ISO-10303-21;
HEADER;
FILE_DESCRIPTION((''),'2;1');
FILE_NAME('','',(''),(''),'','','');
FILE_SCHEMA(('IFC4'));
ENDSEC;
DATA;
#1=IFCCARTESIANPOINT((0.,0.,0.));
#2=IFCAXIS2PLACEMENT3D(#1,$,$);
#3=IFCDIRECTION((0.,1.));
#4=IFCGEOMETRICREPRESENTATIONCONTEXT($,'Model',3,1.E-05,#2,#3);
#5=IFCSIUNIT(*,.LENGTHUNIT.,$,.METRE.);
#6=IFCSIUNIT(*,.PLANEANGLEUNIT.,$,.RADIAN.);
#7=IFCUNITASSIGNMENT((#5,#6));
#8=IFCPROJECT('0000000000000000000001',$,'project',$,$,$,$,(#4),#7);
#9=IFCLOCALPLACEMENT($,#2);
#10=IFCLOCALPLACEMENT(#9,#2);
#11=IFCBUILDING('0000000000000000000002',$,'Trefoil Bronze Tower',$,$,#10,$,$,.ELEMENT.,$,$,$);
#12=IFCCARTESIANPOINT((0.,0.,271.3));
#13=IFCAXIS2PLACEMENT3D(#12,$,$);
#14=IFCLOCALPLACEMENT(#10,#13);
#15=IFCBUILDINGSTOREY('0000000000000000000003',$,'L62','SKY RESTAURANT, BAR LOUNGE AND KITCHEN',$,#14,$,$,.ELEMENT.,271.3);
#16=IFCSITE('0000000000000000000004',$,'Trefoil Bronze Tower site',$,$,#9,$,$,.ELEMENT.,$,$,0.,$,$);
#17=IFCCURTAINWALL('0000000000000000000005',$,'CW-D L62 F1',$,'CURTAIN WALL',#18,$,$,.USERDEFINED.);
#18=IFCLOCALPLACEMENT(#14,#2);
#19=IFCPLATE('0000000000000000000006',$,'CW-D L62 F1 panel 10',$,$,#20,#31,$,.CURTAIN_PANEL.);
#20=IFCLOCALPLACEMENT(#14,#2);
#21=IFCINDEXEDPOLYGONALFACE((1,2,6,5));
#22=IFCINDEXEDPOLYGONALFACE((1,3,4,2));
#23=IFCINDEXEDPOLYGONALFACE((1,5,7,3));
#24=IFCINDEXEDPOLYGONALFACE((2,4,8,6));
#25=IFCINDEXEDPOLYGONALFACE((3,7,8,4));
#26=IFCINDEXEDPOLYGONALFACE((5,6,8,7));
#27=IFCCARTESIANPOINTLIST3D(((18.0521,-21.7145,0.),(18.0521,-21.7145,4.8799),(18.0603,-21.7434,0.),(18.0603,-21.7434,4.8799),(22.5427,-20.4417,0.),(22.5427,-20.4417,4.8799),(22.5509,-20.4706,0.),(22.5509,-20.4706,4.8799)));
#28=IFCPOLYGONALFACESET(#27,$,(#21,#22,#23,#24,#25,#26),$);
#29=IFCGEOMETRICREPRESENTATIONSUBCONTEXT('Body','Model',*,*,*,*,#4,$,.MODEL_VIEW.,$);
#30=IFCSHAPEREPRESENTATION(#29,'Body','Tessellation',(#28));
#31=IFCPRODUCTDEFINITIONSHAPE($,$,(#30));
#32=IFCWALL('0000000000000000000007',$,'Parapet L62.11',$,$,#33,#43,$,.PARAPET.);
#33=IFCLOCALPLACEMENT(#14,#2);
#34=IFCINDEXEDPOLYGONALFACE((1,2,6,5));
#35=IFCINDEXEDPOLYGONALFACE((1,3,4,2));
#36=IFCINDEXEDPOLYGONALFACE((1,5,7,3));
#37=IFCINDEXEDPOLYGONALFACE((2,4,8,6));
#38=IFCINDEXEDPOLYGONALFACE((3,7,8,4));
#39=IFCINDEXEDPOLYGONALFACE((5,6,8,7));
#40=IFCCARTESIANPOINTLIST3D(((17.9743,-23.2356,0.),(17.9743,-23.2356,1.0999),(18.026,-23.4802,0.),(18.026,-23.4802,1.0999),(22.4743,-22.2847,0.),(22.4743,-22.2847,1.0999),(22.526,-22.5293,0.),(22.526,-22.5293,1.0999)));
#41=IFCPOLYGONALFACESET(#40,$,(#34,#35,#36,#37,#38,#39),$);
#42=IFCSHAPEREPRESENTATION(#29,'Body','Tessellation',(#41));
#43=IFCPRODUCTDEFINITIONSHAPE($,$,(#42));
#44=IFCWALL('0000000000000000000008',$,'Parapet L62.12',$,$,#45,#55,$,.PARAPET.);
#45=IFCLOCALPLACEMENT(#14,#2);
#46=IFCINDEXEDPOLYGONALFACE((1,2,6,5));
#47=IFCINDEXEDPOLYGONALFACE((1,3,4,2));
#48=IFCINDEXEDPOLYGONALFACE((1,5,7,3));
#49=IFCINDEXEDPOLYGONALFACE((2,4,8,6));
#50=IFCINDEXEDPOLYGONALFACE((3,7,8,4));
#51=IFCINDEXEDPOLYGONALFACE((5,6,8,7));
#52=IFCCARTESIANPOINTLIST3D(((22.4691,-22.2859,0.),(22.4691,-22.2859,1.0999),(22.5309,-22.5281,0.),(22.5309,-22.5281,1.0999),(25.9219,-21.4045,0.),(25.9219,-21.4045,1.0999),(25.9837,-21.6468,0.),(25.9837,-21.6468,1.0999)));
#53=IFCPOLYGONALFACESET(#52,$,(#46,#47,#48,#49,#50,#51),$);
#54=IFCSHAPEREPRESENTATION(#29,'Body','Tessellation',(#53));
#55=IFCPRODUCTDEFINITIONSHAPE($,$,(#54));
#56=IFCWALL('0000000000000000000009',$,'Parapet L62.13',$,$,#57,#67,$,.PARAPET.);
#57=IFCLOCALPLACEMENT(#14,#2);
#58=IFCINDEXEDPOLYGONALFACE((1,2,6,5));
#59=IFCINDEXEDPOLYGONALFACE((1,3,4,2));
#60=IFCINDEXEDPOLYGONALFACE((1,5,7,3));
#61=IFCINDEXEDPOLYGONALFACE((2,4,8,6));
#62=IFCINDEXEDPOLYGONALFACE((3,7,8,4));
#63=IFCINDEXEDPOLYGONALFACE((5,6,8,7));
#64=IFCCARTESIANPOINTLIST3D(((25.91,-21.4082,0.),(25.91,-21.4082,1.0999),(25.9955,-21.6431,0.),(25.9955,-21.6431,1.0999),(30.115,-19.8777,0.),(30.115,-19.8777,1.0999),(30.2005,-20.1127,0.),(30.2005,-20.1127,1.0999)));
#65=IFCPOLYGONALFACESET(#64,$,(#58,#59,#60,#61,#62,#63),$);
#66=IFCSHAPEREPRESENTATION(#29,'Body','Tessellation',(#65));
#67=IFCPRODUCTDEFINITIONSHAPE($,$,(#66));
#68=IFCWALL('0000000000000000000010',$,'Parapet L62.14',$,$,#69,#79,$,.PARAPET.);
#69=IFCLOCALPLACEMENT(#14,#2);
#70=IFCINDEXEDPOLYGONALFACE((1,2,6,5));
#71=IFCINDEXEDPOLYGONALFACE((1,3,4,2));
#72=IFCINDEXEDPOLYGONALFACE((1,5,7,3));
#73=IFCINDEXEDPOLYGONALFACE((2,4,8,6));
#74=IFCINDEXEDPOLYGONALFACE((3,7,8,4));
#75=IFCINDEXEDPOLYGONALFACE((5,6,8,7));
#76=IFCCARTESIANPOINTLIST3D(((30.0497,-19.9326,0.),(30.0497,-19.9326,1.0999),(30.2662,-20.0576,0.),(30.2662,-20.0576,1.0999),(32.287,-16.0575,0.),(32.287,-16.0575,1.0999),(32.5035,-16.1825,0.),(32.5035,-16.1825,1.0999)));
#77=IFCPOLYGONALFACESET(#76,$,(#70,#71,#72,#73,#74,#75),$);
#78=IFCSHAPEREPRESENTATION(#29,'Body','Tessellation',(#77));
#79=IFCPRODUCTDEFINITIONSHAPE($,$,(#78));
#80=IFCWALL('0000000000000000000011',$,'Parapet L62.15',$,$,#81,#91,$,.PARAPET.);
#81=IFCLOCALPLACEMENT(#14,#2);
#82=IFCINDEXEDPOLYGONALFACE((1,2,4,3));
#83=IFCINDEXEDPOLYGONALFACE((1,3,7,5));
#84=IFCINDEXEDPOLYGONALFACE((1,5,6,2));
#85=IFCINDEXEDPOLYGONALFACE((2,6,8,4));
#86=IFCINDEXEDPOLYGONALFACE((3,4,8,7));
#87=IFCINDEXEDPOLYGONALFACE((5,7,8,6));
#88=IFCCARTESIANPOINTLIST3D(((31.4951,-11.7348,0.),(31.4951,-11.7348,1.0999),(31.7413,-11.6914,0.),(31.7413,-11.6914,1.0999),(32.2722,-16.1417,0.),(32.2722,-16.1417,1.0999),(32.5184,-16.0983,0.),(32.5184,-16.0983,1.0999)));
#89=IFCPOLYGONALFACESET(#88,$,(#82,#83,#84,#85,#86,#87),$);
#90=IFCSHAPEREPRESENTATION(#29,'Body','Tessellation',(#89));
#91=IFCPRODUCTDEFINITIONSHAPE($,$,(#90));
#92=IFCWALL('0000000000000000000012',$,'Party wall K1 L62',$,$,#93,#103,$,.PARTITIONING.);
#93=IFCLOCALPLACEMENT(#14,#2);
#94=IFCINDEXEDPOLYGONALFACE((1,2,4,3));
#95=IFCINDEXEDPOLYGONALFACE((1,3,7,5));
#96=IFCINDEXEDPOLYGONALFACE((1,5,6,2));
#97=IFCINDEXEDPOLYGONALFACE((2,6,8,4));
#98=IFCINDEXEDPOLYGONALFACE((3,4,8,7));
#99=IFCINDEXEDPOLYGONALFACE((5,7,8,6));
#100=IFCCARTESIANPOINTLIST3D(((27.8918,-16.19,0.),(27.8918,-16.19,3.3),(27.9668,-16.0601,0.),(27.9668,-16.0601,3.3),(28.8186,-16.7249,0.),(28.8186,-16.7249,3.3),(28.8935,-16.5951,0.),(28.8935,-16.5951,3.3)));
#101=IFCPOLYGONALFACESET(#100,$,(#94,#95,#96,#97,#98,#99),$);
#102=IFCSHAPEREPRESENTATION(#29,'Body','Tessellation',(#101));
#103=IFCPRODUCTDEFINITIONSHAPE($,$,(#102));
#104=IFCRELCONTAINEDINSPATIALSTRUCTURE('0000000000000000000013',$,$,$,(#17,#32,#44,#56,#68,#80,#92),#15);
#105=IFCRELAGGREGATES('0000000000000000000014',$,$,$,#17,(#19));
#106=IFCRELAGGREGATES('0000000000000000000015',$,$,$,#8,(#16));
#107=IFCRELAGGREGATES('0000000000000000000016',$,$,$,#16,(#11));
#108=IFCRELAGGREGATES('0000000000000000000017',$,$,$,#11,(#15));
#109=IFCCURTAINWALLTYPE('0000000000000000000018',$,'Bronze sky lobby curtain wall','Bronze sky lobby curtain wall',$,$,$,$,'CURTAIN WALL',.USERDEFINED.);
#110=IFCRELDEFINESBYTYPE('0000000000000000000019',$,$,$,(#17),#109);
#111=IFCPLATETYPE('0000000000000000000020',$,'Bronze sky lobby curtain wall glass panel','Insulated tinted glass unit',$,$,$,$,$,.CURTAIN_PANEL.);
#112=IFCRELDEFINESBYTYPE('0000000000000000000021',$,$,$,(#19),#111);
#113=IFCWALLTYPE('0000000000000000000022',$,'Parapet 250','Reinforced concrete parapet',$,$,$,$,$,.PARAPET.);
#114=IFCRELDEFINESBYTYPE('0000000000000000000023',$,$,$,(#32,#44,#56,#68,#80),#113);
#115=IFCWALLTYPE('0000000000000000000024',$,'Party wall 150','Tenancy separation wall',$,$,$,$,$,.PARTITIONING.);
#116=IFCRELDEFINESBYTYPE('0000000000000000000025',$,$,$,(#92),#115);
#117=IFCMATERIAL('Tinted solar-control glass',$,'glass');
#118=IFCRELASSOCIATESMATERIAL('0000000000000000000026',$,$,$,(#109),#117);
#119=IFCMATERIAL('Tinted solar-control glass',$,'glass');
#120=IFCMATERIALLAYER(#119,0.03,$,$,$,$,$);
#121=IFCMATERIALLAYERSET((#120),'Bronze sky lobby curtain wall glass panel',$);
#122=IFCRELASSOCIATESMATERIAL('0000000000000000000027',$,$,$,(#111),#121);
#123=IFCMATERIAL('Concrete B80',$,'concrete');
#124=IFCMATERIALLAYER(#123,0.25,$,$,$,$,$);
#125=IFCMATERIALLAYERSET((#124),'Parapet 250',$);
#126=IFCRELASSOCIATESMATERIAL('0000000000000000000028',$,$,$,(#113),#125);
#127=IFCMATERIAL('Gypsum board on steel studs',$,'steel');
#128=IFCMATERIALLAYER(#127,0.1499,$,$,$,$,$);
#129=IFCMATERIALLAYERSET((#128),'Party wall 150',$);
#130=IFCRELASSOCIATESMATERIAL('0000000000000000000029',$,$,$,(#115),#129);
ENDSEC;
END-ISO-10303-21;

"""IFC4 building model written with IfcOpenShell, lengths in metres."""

from ifc_helpers import new_model, si_unit, direction, frame, frame_2d, origin, origin_2d, place, context, subcontext, project, spatial, rectangle, extrude, material, layer, layer_set, type_object, element, aggregate, save


model = new_model("IFC4")

# Units and contexts
model_context = context("Model", 3, precision=1e-05, world=origin(), true_north=direction((0.0, 1.0)))
body_context = subcontext(model_context, "Body", "Model", "MODEL_VIEW")
ifc_project = project(units=[si_unit("LENGTHUNIT", "METRE"), si_unit("PLANEANGLEUNIT", "RADIAN")], contexts=[model_context])

# Site, building, storey
site_placement = place(None, origin())
site = spatial("IfcSite", under=ifc_project, at=site_placement, Name="Trefoil Bronze Tower site", CompositionType="ELEMENT", RefElevation=0.0)
building_placement = place(site_placement, origin())
building = spatial("IfcBuilding", under=site, at=building_placement, Name="Trefoil Bronze Tower", CompositionType="ELEMENT")
storey_placement = place(building_placement, frame((0.0, 0.0, 271.3)))
storey = spatial("IfcBuildingStorey", under=building, at=storey_placement, Name="L62", Description="SKY RESTAURANT, BAR LOUNGE AND KITCHEN", CompositionType="ELEMENT", Elevation=271.3)

# Curtain wall
ifc_material_1 = material(Name="Tinted solar-control glass", Category="glass")
curtain_wall_type_1 = type_object("IfcCurtainWallType", Name="Bronze sky lobby curtain wall", Description="Bronze sky lobby curtain wall", ElementType="CURTAIN WALL", PredefinedType="USERDEFINED", material=ifc_material_1)
curtain_wall_1_placement = place(storey_placement, origin())
curtain_wall_1 = element("IfcCurtainWall", 1, at=curtain_wall_1_placement, inside=storey, type_object=curtain_wall_type_1, Name="CW-D L62 F1", ObjectType="CURTAIN WALL", PredefinedType="USERDEFINED")

# Plate
ifc_material_2 = material(Name="Tinted solar-control glass", Category="glass")
ifc_layer_1 = layer(ifc_material_2, 0.03)
ifc_layer_set_1 = layer_set([ifc_layer_1], Name="Bronze sky lobby curtain wall glass panel")
plate_type_1 = type_object("IfcPlateType", Name="Bronze sky lobby curtain wall glass panel", Description="Insulated tinted glass unit", PredefinedType="CURTAIN_PANEL", material=ifc_layer_set_1)
plate_1_placement = place(storey_placement, frame((20.3015, -21.0925, 0.0), z_axis=(0.0, 0.0, 1.0), x_axis=(0.962098, 0.272705, 0.0)))
plate_1 = element("IfcPlate", 2, at=plate_1_placement, type_object=plate_type_1, Name="CW-D L62 F1 panel 10", PredefinedType="CURTAIN_PANEL", context=body_context, shape_type="SweptSolid", body=[
    extrude(rectangle(XDim=4.6675, YDim=0.03, at=origin_2d()), origin(), (0.0, 0.0, 1.0), 4.8799),
])
aggregate(curtain_wall_1, [plate_1])

# Walls
ifc_material_3 = material(Name="Concrete B80", Category="concrete")
ifc_layer_2 = layer(ifc_material_3, 0.25)
ifc_layer_set_2 = layer_set([ifc_layer_2], Name="Parapet 250")
wall_type_1 = type_object("IfcWallType", Name="Parapet 250", Description="Reinforced concrete parapet", PredefinedType="PARAPET", material=ifc_layer_set_2)
wall_1_placement = place(storey_placement, frame((18.0, -23.3579, 0.0), z_axis=(0.0, 0.0, 1.0), x_axis=(0.978393, 0.206751, 0.0)))
element("IfcWall", 3, at=wall_1_placement, inside=storey, type_object=wall_type_1, Name="Parapet L62.11", PredefinedType="PARAPET", context=body_context, shape_type="SweptSolid", body=[
    extrude(rectangle(XDim=4.5994, YDim=0.25, at=frame_2d((2.2998, 0.0))), origin(), (0.0, 0.0, 1.0), 1.0999),
])
wall_2_placement = place(storey_placement, frame((22.5, -22.407, 0.0), z_axis=(0.0, 0.0, 1.0), x_axis=(0.968934, 0.24732, 0.0)))
element("IfcWall", 4, at=wall_2_placement, inside=storey, type_object=wall_type_1, Name="Parapet L62.12", PredefinedType="PARAPET", context=body_context, shape_type="SweptSolid", body=[
    extrude(rectangle(XDim=3.5635, YDim=0.25, at=frame_2d((1.7817, 0.0))), origin(), (0.0, 0.0, 1.0), 1.0999),
])
wall_3_placement = place(storey_placement, frame((25.9529, -21.5256, 0.0), z_axis=(0.0, 0.0, 1.0), x_axis=(0.939693, 0.342019, 0.0)))
element("IfcWall", 5, at=wall_3_placement, inside=storey, type_object=wall_type_1, Name="Parapet L62.13", PredefinedType="PARAPET", context=body_context, shape_type="SweptSolid", body=[
    extrude(rectangle(XDim=4.4749, YDim=0.25, at=frame_2d((2.2373, 0.0))), origin(), (0.0, 0.0, 1.0), 1.0999),
])
wall_4_placement = place(storey_placement, frame((30.158, -19.9951, 0.0), z_axis=(0.0, 0.0, 1.0), x_axis=(0.499989, 0.866032, 0.0)))
element("IfcWall", 6, at=wall_4_placement, inside=storey, type_object=wall_type_1, Name="Parapet L62.14", PredefinedType="PARAPET", context=body_context, shape_type="SweptSolid", body=[
    extrude(rectangle(XDim=4.4746, YDim=0.25, at=frame_2d((2.2373, 0.0))), origin(), (0.0, 0.0, 1.0), 1.0999),
])
wall_5_placement = place(storey_placement, frame((32.3953, -16.1199, 0.0), z_axis=(0.0, 0.0, 1.0), x_axis=(-0.173664, 0.984805, 0.0)))
element("IfcWall", 7, at=wall_5_placement, inside=storey, type_object=wall_type_1, Name="Parapet L62.15", PredefinedType="PARAPET", context=body_context, shape_type="SweptSolid", body=[
    extrude(rectangle(XDim=4.4749, YDim=0.25, at=frame_2d((2.2373, 0.0))), origin(), (0.0, 0.0, 1.0), 1.0999),
])
ifc_material_4 = material(Name="Gypsum board on steel studs", Category="steel")
ifc_layer_3 = layer(ifc_material_4, 0.1499)
ifc_layer_set_3 = layer_set([ifc_layer_3], Name="Party wall 150")
wall_type_2 = type_object("IfcWallType", Name="Party wall 150", Description="Tenancy separation wall", PredefinedType="PARTITIONING", material=ifc_layer_set_3)
wall_6_placement = place(storey_placement, frame((27.9292, -16.125, 0.0), z_axis=(0.0, 0.0, 1.0), x_axis=(0.866087, -0.499894, 0.0)))
element("IfcWall", 8, at=wall_6_placement, inside=storey, type_object=wall_type_2, Name="Party wall K1 L62", PredefinedType="PARTITIONING", context=body_context, shape_type="SweptSolid", body=[
    extrude(rectangle(XDim=1.0701, YDim=0.1499, at=frame_2d((0.5352, 0.0))), origin(), (0.0, 0.0, 1.0), 3.3),
])

save(model, "model.ifc")
